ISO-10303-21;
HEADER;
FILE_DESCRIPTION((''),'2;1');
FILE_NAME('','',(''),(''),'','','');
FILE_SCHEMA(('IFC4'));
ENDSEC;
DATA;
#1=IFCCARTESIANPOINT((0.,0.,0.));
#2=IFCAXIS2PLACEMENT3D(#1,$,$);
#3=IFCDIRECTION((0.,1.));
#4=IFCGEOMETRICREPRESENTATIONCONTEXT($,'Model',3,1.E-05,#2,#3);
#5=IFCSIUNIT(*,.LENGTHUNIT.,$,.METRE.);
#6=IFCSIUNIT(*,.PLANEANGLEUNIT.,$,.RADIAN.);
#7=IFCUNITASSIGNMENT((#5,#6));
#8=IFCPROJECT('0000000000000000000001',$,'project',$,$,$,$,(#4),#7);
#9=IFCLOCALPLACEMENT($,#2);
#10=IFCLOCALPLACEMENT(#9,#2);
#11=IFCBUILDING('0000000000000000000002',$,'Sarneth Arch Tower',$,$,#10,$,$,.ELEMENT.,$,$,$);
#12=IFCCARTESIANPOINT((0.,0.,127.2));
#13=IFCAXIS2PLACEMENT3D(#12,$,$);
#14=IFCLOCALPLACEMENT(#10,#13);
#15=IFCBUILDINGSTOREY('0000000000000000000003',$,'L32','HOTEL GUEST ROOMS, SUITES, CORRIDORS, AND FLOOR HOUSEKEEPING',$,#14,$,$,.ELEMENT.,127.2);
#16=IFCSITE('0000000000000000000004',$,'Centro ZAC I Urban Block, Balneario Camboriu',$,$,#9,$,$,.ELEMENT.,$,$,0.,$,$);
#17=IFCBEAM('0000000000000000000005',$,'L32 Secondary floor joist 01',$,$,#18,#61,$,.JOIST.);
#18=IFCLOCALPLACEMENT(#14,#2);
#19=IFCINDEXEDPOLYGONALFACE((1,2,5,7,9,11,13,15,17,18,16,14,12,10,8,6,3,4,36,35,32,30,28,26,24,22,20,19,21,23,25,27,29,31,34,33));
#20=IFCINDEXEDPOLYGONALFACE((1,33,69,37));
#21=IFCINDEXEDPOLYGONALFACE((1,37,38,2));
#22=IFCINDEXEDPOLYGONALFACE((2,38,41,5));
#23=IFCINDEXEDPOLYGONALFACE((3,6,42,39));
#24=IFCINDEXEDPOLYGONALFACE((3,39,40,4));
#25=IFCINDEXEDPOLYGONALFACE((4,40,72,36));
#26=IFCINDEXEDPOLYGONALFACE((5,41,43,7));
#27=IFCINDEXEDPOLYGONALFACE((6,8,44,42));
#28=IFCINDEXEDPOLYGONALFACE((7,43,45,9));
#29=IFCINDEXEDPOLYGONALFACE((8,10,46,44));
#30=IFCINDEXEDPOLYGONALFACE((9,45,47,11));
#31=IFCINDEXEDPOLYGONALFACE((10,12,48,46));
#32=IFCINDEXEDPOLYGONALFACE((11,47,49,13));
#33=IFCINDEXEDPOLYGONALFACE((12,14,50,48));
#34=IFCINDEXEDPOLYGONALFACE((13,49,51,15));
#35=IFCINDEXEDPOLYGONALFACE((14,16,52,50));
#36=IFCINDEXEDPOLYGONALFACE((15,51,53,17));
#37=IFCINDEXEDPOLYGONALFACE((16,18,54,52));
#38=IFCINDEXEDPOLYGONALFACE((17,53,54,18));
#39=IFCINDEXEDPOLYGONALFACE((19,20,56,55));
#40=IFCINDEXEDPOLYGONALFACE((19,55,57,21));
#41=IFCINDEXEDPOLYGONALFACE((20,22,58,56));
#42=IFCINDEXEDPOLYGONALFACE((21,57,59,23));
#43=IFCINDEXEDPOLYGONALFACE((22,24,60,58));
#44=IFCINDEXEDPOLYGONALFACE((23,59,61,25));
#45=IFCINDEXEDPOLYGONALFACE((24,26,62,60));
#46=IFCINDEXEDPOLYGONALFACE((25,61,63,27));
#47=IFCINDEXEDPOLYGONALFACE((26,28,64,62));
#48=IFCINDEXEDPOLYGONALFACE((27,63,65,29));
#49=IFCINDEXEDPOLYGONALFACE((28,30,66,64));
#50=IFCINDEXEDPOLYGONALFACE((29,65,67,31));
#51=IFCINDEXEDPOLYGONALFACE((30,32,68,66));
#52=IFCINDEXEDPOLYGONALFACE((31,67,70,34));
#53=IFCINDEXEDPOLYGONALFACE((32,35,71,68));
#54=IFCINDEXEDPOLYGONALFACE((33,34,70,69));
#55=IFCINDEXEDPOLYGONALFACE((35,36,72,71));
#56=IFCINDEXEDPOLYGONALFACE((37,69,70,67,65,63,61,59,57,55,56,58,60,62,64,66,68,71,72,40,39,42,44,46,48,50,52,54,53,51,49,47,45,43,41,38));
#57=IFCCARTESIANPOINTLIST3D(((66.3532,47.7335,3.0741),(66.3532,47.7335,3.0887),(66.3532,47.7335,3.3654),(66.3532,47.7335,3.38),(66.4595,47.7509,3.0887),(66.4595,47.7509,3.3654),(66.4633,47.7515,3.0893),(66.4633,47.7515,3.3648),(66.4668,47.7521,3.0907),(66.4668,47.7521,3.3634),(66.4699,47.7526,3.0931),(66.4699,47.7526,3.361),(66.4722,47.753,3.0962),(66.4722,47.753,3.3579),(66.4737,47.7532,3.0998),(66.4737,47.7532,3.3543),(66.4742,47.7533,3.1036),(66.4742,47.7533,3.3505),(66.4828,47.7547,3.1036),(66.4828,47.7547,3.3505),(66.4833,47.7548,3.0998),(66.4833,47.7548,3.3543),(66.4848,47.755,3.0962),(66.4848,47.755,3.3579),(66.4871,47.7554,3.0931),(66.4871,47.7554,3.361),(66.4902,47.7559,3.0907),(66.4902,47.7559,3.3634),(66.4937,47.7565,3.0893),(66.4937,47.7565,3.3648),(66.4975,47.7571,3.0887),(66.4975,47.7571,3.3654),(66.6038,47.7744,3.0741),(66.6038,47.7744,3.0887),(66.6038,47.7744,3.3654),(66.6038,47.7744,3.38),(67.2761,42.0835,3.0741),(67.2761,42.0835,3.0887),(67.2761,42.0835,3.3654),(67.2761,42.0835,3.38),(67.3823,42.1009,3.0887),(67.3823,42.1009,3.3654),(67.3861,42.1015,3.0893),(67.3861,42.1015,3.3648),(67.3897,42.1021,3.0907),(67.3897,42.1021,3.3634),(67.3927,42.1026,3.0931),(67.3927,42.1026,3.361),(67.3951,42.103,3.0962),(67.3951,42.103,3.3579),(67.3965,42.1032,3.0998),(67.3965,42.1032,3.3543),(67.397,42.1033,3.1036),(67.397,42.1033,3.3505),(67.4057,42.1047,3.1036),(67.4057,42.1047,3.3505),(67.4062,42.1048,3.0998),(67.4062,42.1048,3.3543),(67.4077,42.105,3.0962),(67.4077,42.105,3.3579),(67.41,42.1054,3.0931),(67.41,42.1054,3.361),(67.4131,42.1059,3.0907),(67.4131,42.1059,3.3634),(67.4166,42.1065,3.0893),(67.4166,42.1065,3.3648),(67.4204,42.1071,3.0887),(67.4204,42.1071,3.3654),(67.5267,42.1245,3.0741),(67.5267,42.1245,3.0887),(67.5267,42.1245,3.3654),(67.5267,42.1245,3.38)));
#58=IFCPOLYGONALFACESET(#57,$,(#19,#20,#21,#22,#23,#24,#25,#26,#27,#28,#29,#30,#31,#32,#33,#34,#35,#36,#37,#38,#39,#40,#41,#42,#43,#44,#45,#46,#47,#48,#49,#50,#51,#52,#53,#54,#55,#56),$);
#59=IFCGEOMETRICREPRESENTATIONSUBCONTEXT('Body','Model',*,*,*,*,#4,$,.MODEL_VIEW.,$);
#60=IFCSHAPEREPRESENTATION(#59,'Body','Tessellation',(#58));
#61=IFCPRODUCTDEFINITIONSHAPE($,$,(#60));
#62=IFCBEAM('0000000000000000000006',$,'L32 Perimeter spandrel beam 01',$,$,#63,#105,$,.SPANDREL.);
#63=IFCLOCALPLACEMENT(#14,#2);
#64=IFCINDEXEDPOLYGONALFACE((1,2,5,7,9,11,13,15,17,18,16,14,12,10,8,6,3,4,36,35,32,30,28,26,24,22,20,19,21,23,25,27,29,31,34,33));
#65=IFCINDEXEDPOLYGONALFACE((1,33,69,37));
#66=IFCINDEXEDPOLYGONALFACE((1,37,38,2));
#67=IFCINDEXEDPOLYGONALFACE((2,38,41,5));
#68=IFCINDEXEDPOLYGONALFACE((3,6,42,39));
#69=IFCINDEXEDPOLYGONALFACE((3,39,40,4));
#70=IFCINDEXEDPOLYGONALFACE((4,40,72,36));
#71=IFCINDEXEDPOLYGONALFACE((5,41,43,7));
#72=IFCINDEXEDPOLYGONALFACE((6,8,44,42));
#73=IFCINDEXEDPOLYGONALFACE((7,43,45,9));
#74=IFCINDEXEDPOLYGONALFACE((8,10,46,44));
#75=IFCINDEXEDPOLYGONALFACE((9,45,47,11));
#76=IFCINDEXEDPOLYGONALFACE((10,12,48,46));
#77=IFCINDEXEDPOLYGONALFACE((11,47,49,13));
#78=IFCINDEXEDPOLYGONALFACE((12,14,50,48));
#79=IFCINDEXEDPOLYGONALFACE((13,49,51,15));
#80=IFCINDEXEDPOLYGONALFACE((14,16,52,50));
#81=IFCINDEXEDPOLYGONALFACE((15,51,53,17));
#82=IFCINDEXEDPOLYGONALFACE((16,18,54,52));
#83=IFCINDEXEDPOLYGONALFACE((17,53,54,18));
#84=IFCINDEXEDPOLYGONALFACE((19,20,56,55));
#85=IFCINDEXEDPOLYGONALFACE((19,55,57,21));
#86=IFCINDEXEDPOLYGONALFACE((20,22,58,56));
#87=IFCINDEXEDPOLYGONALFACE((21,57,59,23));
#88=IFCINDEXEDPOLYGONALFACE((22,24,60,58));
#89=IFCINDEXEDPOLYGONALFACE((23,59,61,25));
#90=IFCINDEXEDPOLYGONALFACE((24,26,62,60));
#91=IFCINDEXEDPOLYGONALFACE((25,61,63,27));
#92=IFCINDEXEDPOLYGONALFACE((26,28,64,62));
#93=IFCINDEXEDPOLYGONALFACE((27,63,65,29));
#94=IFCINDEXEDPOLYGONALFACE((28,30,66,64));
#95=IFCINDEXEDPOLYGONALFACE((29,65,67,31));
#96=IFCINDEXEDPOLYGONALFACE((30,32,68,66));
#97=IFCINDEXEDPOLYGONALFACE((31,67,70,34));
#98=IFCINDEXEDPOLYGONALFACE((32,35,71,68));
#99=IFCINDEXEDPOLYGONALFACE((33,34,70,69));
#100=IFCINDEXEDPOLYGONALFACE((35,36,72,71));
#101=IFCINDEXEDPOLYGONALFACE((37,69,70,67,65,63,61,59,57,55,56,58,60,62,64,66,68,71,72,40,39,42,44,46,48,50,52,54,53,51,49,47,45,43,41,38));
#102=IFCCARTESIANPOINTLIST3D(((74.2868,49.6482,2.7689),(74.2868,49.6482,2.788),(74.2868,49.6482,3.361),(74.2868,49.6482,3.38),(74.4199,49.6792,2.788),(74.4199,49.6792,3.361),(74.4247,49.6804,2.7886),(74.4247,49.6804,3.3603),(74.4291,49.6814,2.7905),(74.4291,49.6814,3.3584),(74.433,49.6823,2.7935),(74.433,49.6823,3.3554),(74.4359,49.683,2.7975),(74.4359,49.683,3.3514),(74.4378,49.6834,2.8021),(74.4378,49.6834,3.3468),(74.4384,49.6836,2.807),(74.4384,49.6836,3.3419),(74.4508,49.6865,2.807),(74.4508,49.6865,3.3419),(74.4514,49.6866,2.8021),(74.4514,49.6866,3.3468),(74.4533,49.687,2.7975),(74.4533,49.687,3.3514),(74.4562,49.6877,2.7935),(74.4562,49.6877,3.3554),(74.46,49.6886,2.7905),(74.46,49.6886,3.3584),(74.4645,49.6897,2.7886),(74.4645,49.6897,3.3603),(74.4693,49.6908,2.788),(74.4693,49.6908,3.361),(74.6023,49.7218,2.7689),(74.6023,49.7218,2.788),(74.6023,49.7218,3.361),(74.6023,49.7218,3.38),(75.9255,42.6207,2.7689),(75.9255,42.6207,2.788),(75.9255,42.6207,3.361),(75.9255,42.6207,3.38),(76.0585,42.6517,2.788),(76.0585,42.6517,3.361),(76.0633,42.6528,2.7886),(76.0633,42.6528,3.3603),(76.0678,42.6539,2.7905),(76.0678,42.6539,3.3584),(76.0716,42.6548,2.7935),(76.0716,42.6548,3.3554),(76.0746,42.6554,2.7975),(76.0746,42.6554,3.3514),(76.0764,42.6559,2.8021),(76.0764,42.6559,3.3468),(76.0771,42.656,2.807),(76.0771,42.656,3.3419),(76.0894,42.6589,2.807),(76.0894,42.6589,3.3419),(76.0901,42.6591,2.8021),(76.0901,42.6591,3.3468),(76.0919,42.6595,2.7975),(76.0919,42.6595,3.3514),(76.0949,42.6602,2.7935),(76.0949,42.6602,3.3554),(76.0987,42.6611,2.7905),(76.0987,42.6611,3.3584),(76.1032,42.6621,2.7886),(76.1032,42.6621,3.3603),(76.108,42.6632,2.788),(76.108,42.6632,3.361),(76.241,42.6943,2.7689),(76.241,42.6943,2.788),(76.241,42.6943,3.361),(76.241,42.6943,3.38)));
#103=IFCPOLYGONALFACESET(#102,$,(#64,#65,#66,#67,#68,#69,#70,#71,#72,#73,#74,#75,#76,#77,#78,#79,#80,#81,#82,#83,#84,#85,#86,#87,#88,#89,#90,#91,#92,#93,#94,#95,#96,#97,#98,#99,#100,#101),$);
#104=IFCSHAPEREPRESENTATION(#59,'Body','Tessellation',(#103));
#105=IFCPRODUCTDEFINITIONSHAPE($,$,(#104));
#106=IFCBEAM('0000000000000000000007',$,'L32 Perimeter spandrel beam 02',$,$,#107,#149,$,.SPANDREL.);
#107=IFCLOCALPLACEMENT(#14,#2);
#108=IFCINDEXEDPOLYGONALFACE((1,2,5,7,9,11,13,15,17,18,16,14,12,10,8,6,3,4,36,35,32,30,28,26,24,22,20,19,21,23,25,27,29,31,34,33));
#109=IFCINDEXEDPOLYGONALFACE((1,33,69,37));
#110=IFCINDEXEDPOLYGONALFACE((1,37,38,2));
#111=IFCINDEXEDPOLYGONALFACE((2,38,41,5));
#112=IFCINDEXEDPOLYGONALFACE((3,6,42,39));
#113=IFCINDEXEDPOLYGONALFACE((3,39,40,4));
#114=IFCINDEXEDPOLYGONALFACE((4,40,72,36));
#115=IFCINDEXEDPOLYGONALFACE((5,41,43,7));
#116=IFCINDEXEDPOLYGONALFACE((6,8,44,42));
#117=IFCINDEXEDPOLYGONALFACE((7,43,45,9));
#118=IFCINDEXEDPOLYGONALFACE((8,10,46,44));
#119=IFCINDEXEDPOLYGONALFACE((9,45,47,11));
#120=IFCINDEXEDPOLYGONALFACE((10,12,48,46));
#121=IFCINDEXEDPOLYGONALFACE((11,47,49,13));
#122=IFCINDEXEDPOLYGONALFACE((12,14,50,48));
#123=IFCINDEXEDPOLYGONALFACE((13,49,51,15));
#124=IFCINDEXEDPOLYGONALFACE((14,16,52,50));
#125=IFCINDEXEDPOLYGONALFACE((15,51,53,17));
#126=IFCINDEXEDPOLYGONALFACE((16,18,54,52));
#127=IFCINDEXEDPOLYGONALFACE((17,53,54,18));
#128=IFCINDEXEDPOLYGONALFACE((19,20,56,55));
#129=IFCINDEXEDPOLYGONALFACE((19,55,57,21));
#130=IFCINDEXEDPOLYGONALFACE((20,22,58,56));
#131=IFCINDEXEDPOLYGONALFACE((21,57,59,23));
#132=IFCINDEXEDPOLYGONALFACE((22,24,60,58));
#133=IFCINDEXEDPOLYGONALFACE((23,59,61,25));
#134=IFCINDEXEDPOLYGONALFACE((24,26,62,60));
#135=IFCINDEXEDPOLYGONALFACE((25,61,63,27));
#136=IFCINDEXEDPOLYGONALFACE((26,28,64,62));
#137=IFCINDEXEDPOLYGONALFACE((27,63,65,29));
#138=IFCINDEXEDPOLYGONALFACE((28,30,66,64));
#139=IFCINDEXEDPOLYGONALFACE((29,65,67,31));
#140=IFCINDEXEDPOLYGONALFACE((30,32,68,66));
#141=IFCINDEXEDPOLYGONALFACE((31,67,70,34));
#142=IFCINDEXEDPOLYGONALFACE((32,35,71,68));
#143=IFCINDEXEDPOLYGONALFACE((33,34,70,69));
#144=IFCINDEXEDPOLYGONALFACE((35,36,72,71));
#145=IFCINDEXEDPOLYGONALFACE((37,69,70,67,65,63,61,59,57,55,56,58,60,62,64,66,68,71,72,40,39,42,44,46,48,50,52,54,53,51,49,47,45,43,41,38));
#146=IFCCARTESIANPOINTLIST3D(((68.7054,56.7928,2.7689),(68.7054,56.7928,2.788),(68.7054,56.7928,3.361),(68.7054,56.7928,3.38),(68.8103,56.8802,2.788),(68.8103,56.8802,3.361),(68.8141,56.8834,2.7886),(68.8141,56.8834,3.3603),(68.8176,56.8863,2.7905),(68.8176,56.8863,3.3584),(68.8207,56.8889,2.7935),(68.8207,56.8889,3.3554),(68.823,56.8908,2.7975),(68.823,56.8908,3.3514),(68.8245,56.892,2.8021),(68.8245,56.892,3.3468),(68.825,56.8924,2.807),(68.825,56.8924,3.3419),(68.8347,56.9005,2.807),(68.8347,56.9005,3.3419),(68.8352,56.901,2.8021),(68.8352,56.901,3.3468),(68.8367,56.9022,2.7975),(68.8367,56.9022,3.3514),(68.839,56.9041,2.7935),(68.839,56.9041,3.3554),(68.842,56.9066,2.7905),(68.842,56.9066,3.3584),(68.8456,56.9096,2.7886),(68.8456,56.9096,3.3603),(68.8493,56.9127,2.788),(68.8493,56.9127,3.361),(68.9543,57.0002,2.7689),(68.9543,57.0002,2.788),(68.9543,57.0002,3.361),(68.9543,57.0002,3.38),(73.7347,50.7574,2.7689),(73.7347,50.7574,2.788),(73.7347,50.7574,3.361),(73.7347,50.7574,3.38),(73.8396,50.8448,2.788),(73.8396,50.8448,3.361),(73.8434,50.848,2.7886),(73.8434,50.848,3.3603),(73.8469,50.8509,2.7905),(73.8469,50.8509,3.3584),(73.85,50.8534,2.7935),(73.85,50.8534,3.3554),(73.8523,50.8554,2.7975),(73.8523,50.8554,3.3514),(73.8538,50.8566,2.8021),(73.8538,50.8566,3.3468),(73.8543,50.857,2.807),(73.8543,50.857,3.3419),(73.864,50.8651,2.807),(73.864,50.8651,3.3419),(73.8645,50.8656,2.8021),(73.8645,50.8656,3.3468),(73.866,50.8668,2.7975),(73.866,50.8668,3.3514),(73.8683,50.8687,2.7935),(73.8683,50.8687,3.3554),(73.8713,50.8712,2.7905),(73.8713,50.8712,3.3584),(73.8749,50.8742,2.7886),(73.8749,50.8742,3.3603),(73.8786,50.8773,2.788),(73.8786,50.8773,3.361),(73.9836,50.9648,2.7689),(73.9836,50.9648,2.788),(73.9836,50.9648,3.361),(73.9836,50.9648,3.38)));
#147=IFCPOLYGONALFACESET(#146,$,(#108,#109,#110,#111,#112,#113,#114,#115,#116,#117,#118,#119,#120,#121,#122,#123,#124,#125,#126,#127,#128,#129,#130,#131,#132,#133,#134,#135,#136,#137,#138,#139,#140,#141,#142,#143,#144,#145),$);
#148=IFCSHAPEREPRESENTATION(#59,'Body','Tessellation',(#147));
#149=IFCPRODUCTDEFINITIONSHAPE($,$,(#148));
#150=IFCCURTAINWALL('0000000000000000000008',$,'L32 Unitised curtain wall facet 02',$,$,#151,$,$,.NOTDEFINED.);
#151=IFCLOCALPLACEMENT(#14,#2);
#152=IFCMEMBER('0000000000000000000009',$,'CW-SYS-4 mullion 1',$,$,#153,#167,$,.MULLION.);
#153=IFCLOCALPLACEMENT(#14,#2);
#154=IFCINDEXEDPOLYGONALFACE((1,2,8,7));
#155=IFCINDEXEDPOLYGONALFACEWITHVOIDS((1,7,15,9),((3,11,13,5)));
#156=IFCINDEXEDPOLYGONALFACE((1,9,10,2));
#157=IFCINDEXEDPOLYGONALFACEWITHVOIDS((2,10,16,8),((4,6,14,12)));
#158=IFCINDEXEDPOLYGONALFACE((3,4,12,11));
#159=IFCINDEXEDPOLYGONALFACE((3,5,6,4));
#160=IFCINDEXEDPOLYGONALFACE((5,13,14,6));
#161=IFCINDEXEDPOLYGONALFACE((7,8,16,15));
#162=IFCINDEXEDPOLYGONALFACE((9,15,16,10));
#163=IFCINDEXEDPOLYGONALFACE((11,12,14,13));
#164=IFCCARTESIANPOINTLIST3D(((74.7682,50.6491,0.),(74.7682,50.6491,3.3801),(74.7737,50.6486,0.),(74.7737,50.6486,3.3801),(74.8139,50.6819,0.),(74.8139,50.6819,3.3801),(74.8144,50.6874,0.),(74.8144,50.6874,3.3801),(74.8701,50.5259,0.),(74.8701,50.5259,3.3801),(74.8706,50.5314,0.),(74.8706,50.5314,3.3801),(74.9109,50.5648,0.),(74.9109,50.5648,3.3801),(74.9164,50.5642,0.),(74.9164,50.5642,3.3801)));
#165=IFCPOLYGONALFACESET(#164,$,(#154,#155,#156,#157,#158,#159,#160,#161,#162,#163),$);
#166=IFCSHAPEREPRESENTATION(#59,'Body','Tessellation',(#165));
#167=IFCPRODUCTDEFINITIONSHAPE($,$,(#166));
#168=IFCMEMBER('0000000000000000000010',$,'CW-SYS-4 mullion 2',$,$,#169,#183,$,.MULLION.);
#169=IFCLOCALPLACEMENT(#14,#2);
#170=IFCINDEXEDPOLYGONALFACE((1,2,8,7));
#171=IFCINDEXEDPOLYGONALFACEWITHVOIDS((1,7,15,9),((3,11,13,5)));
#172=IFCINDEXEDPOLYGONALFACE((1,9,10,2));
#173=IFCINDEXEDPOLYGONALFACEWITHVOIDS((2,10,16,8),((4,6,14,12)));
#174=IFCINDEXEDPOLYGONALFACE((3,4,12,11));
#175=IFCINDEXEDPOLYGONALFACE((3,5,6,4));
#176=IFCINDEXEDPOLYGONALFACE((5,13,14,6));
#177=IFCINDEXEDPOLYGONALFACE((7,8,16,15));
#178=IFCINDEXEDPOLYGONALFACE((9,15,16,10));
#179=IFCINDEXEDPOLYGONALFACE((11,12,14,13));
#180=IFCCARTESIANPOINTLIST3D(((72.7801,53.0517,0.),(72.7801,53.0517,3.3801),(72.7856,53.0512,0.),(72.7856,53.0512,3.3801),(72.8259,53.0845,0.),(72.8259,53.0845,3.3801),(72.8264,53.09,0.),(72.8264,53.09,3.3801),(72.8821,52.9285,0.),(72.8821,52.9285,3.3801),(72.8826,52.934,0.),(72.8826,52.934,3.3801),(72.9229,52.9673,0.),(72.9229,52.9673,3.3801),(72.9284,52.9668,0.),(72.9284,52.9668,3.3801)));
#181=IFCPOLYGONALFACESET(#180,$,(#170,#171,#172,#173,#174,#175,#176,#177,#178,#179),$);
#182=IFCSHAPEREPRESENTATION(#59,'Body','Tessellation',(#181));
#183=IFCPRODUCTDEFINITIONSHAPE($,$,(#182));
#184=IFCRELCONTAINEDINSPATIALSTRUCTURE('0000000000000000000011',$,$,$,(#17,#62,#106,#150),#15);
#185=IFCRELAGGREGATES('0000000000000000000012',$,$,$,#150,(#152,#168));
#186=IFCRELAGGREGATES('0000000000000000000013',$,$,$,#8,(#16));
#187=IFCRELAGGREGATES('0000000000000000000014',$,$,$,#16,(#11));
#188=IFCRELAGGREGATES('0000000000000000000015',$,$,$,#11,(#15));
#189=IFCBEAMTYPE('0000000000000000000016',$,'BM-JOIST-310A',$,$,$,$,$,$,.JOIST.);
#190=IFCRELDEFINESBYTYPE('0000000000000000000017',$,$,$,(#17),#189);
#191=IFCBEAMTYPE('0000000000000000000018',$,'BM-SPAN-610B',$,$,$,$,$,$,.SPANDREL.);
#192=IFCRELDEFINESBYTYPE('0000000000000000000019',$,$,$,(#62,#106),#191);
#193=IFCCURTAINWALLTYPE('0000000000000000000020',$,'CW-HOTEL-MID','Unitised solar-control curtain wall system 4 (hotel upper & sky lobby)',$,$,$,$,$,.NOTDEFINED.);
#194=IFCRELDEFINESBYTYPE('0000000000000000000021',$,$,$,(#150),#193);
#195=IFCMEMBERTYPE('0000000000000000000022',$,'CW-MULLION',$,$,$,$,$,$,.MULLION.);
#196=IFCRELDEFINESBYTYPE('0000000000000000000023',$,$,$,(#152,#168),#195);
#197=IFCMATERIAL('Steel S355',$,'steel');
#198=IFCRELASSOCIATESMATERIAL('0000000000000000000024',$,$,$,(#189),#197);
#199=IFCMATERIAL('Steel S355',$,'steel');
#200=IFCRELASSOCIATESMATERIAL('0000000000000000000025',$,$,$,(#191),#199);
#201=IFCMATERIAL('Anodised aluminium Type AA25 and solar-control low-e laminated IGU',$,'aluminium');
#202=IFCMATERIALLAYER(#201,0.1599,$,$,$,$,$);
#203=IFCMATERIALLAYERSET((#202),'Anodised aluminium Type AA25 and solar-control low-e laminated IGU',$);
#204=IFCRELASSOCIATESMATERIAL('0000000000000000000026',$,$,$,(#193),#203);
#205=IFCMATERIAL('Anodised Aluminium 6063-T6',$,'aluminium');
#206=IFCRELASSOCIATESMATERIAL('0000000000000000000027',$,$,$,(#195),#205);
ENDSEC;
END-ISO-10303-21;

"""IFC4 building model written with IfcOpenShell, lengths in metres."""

from ifc_helpers import new_model, si_unit, direction, frame, origin, origin_2d, place, context, subcontext, project, spatial, hollow_rectangle, i_section, extrude, material, layer, layer_set, material_profile, profile_set, type_object, element, aggregate, save


model = new_model("IFC4")

# Units and contexts
model_context = context("Model", 3, precision=1e-05, world=origin(), true_north=direction((0.0, 1.0)))
body_context = subcontext(model_context, "Body", "Model", "MODEL_VIEW")
ifc_project = project(units=[si_unit("LENGTHUNIT", "METRE"), si_unit("PLANEANGLEUNIT", "RADIAN")], contexts=[model_context])

# Site, building, storey
site_placement = place(None, origin())
site = spatial("IfcSite", under=ifc_project, at=site_placement, Name="Centro ZAC I Urban Block, Balneario Camboriu", CompositionType="ELEMENT", RefElevation=0.0)
building_placement = place(site_placement, origin())
building = spatial("IfcBuilding", under=site, at=building_placement, Name="Sarneth Arch Tower", CompositionType="ELEMENT")
storey_placement = place(building_placement, frame((0.0, 0.0, 127.2)))
storey = spatial("IfcBuildingStorey", under=building, at=storey_placement, Name="L32", Description="HOTEL GUEST ROOMS, SUITES, CORRIDORS, AND FLOOR HOUSEKEEPING", CompositionType="ELEMENT", Elevation=127.2)

# Beams
ifc_material_1 = material(Name="Steel S355", Category="steel")
ifc_material_profile_1 = material_profile(ifc_material_1, i_section(OverallWidth=0.2539, OverallDepth=0.3059, WebThickness=0.0088, FlangeThickness=0.0146, FilletRadius=0.0149, at=origin_2d()), Name="W310x79")
ifc_profile_set_1 = profile_set([ifc_material_profile_1], Name="Steel S355")
beam_type_1 = type_object("IfcBeamType", Name="BM-JOIST-310A", PredefinedType="JOIST", material=ifc_profile_set_1)
beam_1_placement = place(storey_placement, frame((67.4014, 42.104, 3.2271), z_axis=(-0.161203, 0.986921, 0.0), x_axis=(-0.986921, -0.161203, 0.0)))
element("IfcBeam", 1, at=beam_1_placement, inside=storey, type_object=beam_type_1, Name="L32 Secondary floor joist 01", PredefinedType="JOIST", context=body_context, shape_type="SweptSolid", body=[
    extrude(i_section(OverallWidth=0.2539, OverallDepth=0.3059, WebThickness=0.0088, FlangeThickness=0.0146, FilletRadius=0.0149, at=origin_2d()), origin(), (0.0, 0.0, 1.0), 5.7249),
])
ifc_material_2 = material(Name="Steel S355", Category="steel")
ifc_material_profile_2 = material_profile(ifc_material_2, i_section(OverallWidth=0.324, OverallDepth=0.6111, WebThickness=0.0127, FlangeThickness=0.019, FilletRadius=0.019, at=origin_2d()), Name="W610x155")
ifc_profile_set_2 = profile_set([ifc_material_profile_2], Name="Steel S355")
beam_type_2 = type_object("IfcBeamType", Name="BM-SPAN-610B", PredefinedType="SPANDREL", material=ifc_profile_set_2)
beam_2_placement = place(storey_placement, frame((76.0833, 42.6575, 3.0745), z_axis=(-0.227085, 0.973875, 0.0), x_axis=(-0.973875, -0.227085, 0.0)))
element("IfcBeam", 2, at=beam_2_placement, inside=storey, type_object=beam_type_2, Name="L32 Perimeter spandrel beam 01", PredefinedType="SPANDREL", context=body_context, shape_type="SweptSolid", body=[
    extrude(i_section(OverallWidth=0.324, OverallDepth=0.6111, WebThickness=0.0127, FlangeThickness=0.019, FilletRadius=0.019, at=origin_2d()), origin(), (0.0, 0.0, 1.0), 7.2161),
])
beam_3_placement = place(storey_placement, frame((73.8591, 50.8611, 3.0745), z_axis=(-0.640169, 0.768234, 0.0), x_axis=(-0.768234, -0.640169, 0.0)))
element("IfcBeam", 3, at=beam_3_placement, inside=storey, type_object=beam_type_2, Name="L32 Perimeter spandrel beam 02", PredefinedType="SPANDREL", context=body_context, shape_type="SweptSolid", body=[
    extrude(i_section(OverallWidth=0.324, OverallDepth=0.6111, WebThickness=0.0127, FlangeThickness=0.019, FilletRadius=0.019, at=origin_2d()), origin(), (0.0, 0.0, 1.0), 7.8562),
])

# Curtain wall, members
ifc_material_3 = material(Name="Anodised aluminium Type AA25 and solar-control low-e laminated IGU", Category="aluminium")
ifc_layer_1 = layer(ifc_material_3, 0.1599)
ifc_layer_set_1 = layer_set([ifc_layer_1], Name="Anodised aluminium Type AA25 and solar-control low-e laminated IGU")
curtain_wall_type = type_object("IfcCurtainWallType", Name="CW-HOTEL-MID", Description="Unitised solar-control curtain wall system 4 (hotel upper & sky lobby)", PredefinedType="NOTDEFINED", material=ifc_layer_set_1)
curtain_wall_placement = place(storey_placement, origin())
curtain_wall = element("IfcCurtainWall", 4, at=curtain_wall_placement, inside=storey, type_object=curtain_wall_type, Name="L32 Unitised curtain wall facet 02", PredefinedType="NOTDEFINED")
ifc_material_4 = material(Name="Anodised Aluminium 6063-T6", Category="aluminium")
ifc_material_profile_3 = material_profile(ifc_material_4, hollow_rectangle(XDim=0.0601, YDim=0.1599, WallThickness=0.0039, at=origin_2d()), Name="AL-MULL-160x60x4")
ifc_profile_set_3 = profile_set([ifc_material_profile_3], Name="Anodised Aluminium 6063-T6")
member_type_1 = type_object("IfcMemberType", Name="CW-MULLION", PredefinedType="MULLION", material=ifc_profile_set_3)
member_1_placement = place(storey_placement, frame((74.8423, 50.6067, 0.0), z_axis=(0.0, 0.0, 1.0), x_axis=(-0.770438, -0.637515, 0.0)))
member_1 = element("IfcMember", 5, at=member_1_placement, type_object=member_type_1, Name="CW-SYS-4 mullion 1", PredefinedType="MULLION", context=body_context, shape_type="SweptSolid", body=[
    extrude(hollow_rectangle(XDim=0.0601, YDim=0.1599, WallThickness=0.0039, at=origin_2d()), origin(), (0.0, 0.0, 1.0), 3.3801),
])
member_2_placement = place(storey_placement, frame((72.8542, 53.0093, 0.0), z_axis=(0.0, 0.0, 1.0), x_axis=(-0.770438, -0.637515, 0.0)))
member_2 = element("IfcMember", 6, at=member_2_placement, type_object=member_type_1, Name="CW-SYS-4 mullion 2", PredefinedType="MULLION", context=body_context, shape_type="SweptSolid", body=[
    extrude(hollow_rectangle(XDim=0.0601, YDim=0.1599, WallThickness=0.0039, at=origin_2d()), origin(), (0.0, 0.0, 1.0), 3.3801),
])

aggregate(curtain_wall, [member_1, member_2])

save(model, "model.ifc")
